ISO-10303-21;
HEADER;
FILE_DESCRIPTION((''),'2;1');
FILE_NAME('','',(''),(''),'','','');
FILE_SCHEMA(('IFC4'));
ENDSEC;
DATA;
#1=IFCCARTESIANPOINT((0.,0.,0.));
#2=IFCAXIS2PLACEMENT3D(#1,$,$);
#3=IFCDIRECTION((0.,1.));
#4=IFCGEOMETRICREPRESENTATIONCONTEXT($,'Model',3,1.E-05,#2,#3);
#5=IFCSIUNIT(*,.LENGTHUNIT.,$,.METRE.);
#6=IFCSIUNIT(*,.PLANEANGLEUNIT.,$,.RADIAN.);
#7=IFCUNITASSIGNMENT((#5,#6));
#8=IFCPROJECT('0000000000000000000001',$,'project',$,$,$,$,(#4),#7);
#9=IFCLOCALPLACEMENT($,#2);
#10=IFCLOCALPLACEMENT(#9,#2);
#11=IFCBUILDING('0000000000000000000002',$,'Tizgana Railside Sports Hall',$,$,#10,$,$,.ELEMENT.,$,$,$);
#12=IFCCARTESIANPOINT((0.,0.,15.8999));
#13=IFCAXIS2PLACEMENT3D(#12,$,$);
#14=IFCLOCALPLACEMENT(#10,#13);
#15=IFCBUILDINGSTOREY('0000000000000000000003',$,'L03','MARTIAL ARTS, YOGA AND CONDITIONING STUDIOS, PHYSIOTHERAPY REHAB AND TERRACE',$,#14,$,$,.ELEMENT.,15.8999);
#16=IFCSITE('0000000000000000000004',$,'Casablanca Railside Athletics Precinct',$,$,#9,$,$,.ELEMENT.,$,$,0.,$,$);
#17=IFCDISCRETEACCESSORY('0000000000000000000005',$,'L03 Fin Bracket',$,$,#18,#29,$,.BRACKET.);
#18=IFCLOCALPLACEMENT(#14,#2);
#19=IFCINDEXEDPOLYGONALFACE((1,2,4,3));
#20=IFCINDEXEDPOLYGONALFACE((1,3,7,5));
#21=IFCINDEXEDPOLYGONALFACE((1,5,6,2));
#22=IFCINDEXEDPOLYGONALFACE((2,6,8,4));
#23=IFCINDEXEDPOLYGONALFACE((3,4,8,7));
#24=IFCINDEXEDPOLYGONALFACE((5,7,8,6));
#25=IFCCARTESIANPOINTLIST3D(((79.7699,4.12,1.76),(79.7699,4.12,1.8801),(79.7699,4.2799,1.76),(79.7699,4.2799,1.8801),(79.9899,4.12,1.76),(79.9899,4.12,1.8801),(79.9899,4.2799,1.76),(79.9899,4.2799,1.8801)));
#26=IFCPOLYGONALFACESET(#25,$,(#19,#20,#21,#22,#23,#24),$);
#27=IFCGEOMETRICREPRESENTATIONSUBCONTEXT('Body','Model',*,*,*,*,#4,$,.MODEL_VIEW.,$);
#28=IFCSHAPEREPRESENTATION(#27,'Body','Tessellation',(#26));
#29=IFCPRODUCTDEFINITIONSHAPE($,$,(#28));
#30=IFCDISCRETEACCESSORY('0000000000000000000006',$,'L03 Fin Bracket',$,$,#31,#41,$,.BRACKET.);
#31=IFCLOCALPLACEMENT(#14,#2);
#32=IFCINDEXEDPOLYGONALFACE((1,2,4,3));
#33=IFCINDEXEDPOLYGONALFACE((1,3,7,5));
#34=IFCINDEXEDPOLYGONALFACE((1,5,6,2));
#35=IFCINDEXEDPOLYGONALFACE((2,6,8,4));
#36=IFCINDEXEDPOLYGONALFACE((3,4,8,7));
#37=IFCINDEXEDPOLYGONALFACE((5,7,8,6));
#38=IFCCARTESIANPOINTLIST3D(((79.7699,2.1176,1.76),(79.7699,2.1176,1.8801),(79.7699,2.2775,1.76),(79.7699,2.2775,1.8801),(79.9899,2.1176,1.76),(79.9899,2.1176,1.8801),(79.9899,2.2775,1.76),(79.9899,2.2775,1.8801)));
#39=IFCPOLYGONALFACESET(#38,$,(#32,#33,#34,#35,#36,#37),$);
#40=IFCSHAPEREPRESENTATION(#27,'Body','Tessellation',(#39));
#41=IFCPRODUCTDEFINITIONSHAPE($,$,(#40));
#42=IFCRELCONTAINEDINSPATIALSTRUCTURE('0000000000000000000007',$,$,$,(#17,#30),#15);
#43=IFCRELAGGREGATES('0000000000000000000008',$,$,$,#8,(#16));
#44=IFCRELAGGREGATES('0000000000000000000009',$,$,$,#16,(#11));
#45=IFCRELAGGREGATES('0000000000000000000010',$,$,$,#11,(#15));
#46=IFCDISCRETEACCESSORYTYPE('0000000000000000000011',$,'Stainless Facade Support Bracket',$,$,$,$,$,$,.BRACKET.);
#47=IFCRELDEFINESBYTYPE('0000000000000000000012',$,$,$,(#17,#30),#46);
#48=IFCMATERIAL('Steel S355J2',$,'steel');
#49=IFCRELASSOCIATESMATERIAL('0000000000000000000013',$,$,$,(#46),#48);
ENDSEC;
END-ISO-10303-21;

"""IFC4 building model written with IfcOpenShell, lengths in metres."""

from ifc_helpers import new_model, si_unit, direction, frame, origin, origin_2d, place, context, subcontext, project, spatial, rectangle, extrude, material, type_object, element, save


model = new_model("IFC4")

# Units and contexts
model_context = context("Model", 3, precision=1e-05, world=origin(), true_north=direction((0.0, 1.0)))
body_context = subcontext(model_context, "Body", "Model", "MODEL_VIEW")
ifc_project = project(units=[si_unit("LENGTHUNIT", "METRE"), si_unit("PLANEANGLEUNIT", "RADIAN")], contexts=[model_context])

# Site, building, storey
site_placement = place(None, origin())
site = spatial("IfcSite", under=ifc_project, at=site_placement, Name="Casablanca Railside Athletics Precinct", CompositionType="ELEMENT", RefElevation=0.0)
building_placement = place(site_placement, origin())
building = spatial("IfcBuilding", under=site, at=building_placement, Name="Tizgana Railside Sports Hall", CompositionType="ELEMENT")
storey_placement = place(building_placement, frame((0.0, 0.0, 15.8999)))
storey = spatial("IfcBuildingStorey", under=building, at=storey_placement, Name="L03", Description="MARTIAL ARTS, YOGA AND CONDITIONING STUDIOS, PHYSIOTHERAPY REHAB AND TERRACE", CompositionType="ELEMENT", Elevation=15.8999)

# Discrete accessories
ifc_material_1 = material(Name="Steel S355J2", Category="steel")
discrete_accessory_type = type_object("IfcDiscreteAccessoryType", Name="Stainless Facade Support Bracket", PredefinedType="BRACKET", material=ifc_material_1)
for number, where, z_axis, x_axis, name in (
    (1, (79.8799, 4.2, 1.76), (0.0, 0.0, 1.0), (0.0, -1.0, 0.0), "L03 Fin Bracket"),
    (2, (79.8799, 2.1975, 1.76), (0.0, 0.0, 1.0), (0.0, -1.0, 0.0), "L03 Fin Bracket"),
):
    element("IfcDiscreteAccessory", number, at=place(storey_placement, frame(where, z_axis=z_axis, x_axis=x_axis)), inside=storey, type_object=discrete_accessory_type, Name=name, PredefinedType="BRACKET", context=body_context, shape_type="SweptSolid", body=[
        extrude(rectangle(XDim=0.1599, YDim=0.22, at=origin_2d()), origin(), (0.0, 0.0, 1.0), 0.1201),
    ])

save(model, "model.ifc")
